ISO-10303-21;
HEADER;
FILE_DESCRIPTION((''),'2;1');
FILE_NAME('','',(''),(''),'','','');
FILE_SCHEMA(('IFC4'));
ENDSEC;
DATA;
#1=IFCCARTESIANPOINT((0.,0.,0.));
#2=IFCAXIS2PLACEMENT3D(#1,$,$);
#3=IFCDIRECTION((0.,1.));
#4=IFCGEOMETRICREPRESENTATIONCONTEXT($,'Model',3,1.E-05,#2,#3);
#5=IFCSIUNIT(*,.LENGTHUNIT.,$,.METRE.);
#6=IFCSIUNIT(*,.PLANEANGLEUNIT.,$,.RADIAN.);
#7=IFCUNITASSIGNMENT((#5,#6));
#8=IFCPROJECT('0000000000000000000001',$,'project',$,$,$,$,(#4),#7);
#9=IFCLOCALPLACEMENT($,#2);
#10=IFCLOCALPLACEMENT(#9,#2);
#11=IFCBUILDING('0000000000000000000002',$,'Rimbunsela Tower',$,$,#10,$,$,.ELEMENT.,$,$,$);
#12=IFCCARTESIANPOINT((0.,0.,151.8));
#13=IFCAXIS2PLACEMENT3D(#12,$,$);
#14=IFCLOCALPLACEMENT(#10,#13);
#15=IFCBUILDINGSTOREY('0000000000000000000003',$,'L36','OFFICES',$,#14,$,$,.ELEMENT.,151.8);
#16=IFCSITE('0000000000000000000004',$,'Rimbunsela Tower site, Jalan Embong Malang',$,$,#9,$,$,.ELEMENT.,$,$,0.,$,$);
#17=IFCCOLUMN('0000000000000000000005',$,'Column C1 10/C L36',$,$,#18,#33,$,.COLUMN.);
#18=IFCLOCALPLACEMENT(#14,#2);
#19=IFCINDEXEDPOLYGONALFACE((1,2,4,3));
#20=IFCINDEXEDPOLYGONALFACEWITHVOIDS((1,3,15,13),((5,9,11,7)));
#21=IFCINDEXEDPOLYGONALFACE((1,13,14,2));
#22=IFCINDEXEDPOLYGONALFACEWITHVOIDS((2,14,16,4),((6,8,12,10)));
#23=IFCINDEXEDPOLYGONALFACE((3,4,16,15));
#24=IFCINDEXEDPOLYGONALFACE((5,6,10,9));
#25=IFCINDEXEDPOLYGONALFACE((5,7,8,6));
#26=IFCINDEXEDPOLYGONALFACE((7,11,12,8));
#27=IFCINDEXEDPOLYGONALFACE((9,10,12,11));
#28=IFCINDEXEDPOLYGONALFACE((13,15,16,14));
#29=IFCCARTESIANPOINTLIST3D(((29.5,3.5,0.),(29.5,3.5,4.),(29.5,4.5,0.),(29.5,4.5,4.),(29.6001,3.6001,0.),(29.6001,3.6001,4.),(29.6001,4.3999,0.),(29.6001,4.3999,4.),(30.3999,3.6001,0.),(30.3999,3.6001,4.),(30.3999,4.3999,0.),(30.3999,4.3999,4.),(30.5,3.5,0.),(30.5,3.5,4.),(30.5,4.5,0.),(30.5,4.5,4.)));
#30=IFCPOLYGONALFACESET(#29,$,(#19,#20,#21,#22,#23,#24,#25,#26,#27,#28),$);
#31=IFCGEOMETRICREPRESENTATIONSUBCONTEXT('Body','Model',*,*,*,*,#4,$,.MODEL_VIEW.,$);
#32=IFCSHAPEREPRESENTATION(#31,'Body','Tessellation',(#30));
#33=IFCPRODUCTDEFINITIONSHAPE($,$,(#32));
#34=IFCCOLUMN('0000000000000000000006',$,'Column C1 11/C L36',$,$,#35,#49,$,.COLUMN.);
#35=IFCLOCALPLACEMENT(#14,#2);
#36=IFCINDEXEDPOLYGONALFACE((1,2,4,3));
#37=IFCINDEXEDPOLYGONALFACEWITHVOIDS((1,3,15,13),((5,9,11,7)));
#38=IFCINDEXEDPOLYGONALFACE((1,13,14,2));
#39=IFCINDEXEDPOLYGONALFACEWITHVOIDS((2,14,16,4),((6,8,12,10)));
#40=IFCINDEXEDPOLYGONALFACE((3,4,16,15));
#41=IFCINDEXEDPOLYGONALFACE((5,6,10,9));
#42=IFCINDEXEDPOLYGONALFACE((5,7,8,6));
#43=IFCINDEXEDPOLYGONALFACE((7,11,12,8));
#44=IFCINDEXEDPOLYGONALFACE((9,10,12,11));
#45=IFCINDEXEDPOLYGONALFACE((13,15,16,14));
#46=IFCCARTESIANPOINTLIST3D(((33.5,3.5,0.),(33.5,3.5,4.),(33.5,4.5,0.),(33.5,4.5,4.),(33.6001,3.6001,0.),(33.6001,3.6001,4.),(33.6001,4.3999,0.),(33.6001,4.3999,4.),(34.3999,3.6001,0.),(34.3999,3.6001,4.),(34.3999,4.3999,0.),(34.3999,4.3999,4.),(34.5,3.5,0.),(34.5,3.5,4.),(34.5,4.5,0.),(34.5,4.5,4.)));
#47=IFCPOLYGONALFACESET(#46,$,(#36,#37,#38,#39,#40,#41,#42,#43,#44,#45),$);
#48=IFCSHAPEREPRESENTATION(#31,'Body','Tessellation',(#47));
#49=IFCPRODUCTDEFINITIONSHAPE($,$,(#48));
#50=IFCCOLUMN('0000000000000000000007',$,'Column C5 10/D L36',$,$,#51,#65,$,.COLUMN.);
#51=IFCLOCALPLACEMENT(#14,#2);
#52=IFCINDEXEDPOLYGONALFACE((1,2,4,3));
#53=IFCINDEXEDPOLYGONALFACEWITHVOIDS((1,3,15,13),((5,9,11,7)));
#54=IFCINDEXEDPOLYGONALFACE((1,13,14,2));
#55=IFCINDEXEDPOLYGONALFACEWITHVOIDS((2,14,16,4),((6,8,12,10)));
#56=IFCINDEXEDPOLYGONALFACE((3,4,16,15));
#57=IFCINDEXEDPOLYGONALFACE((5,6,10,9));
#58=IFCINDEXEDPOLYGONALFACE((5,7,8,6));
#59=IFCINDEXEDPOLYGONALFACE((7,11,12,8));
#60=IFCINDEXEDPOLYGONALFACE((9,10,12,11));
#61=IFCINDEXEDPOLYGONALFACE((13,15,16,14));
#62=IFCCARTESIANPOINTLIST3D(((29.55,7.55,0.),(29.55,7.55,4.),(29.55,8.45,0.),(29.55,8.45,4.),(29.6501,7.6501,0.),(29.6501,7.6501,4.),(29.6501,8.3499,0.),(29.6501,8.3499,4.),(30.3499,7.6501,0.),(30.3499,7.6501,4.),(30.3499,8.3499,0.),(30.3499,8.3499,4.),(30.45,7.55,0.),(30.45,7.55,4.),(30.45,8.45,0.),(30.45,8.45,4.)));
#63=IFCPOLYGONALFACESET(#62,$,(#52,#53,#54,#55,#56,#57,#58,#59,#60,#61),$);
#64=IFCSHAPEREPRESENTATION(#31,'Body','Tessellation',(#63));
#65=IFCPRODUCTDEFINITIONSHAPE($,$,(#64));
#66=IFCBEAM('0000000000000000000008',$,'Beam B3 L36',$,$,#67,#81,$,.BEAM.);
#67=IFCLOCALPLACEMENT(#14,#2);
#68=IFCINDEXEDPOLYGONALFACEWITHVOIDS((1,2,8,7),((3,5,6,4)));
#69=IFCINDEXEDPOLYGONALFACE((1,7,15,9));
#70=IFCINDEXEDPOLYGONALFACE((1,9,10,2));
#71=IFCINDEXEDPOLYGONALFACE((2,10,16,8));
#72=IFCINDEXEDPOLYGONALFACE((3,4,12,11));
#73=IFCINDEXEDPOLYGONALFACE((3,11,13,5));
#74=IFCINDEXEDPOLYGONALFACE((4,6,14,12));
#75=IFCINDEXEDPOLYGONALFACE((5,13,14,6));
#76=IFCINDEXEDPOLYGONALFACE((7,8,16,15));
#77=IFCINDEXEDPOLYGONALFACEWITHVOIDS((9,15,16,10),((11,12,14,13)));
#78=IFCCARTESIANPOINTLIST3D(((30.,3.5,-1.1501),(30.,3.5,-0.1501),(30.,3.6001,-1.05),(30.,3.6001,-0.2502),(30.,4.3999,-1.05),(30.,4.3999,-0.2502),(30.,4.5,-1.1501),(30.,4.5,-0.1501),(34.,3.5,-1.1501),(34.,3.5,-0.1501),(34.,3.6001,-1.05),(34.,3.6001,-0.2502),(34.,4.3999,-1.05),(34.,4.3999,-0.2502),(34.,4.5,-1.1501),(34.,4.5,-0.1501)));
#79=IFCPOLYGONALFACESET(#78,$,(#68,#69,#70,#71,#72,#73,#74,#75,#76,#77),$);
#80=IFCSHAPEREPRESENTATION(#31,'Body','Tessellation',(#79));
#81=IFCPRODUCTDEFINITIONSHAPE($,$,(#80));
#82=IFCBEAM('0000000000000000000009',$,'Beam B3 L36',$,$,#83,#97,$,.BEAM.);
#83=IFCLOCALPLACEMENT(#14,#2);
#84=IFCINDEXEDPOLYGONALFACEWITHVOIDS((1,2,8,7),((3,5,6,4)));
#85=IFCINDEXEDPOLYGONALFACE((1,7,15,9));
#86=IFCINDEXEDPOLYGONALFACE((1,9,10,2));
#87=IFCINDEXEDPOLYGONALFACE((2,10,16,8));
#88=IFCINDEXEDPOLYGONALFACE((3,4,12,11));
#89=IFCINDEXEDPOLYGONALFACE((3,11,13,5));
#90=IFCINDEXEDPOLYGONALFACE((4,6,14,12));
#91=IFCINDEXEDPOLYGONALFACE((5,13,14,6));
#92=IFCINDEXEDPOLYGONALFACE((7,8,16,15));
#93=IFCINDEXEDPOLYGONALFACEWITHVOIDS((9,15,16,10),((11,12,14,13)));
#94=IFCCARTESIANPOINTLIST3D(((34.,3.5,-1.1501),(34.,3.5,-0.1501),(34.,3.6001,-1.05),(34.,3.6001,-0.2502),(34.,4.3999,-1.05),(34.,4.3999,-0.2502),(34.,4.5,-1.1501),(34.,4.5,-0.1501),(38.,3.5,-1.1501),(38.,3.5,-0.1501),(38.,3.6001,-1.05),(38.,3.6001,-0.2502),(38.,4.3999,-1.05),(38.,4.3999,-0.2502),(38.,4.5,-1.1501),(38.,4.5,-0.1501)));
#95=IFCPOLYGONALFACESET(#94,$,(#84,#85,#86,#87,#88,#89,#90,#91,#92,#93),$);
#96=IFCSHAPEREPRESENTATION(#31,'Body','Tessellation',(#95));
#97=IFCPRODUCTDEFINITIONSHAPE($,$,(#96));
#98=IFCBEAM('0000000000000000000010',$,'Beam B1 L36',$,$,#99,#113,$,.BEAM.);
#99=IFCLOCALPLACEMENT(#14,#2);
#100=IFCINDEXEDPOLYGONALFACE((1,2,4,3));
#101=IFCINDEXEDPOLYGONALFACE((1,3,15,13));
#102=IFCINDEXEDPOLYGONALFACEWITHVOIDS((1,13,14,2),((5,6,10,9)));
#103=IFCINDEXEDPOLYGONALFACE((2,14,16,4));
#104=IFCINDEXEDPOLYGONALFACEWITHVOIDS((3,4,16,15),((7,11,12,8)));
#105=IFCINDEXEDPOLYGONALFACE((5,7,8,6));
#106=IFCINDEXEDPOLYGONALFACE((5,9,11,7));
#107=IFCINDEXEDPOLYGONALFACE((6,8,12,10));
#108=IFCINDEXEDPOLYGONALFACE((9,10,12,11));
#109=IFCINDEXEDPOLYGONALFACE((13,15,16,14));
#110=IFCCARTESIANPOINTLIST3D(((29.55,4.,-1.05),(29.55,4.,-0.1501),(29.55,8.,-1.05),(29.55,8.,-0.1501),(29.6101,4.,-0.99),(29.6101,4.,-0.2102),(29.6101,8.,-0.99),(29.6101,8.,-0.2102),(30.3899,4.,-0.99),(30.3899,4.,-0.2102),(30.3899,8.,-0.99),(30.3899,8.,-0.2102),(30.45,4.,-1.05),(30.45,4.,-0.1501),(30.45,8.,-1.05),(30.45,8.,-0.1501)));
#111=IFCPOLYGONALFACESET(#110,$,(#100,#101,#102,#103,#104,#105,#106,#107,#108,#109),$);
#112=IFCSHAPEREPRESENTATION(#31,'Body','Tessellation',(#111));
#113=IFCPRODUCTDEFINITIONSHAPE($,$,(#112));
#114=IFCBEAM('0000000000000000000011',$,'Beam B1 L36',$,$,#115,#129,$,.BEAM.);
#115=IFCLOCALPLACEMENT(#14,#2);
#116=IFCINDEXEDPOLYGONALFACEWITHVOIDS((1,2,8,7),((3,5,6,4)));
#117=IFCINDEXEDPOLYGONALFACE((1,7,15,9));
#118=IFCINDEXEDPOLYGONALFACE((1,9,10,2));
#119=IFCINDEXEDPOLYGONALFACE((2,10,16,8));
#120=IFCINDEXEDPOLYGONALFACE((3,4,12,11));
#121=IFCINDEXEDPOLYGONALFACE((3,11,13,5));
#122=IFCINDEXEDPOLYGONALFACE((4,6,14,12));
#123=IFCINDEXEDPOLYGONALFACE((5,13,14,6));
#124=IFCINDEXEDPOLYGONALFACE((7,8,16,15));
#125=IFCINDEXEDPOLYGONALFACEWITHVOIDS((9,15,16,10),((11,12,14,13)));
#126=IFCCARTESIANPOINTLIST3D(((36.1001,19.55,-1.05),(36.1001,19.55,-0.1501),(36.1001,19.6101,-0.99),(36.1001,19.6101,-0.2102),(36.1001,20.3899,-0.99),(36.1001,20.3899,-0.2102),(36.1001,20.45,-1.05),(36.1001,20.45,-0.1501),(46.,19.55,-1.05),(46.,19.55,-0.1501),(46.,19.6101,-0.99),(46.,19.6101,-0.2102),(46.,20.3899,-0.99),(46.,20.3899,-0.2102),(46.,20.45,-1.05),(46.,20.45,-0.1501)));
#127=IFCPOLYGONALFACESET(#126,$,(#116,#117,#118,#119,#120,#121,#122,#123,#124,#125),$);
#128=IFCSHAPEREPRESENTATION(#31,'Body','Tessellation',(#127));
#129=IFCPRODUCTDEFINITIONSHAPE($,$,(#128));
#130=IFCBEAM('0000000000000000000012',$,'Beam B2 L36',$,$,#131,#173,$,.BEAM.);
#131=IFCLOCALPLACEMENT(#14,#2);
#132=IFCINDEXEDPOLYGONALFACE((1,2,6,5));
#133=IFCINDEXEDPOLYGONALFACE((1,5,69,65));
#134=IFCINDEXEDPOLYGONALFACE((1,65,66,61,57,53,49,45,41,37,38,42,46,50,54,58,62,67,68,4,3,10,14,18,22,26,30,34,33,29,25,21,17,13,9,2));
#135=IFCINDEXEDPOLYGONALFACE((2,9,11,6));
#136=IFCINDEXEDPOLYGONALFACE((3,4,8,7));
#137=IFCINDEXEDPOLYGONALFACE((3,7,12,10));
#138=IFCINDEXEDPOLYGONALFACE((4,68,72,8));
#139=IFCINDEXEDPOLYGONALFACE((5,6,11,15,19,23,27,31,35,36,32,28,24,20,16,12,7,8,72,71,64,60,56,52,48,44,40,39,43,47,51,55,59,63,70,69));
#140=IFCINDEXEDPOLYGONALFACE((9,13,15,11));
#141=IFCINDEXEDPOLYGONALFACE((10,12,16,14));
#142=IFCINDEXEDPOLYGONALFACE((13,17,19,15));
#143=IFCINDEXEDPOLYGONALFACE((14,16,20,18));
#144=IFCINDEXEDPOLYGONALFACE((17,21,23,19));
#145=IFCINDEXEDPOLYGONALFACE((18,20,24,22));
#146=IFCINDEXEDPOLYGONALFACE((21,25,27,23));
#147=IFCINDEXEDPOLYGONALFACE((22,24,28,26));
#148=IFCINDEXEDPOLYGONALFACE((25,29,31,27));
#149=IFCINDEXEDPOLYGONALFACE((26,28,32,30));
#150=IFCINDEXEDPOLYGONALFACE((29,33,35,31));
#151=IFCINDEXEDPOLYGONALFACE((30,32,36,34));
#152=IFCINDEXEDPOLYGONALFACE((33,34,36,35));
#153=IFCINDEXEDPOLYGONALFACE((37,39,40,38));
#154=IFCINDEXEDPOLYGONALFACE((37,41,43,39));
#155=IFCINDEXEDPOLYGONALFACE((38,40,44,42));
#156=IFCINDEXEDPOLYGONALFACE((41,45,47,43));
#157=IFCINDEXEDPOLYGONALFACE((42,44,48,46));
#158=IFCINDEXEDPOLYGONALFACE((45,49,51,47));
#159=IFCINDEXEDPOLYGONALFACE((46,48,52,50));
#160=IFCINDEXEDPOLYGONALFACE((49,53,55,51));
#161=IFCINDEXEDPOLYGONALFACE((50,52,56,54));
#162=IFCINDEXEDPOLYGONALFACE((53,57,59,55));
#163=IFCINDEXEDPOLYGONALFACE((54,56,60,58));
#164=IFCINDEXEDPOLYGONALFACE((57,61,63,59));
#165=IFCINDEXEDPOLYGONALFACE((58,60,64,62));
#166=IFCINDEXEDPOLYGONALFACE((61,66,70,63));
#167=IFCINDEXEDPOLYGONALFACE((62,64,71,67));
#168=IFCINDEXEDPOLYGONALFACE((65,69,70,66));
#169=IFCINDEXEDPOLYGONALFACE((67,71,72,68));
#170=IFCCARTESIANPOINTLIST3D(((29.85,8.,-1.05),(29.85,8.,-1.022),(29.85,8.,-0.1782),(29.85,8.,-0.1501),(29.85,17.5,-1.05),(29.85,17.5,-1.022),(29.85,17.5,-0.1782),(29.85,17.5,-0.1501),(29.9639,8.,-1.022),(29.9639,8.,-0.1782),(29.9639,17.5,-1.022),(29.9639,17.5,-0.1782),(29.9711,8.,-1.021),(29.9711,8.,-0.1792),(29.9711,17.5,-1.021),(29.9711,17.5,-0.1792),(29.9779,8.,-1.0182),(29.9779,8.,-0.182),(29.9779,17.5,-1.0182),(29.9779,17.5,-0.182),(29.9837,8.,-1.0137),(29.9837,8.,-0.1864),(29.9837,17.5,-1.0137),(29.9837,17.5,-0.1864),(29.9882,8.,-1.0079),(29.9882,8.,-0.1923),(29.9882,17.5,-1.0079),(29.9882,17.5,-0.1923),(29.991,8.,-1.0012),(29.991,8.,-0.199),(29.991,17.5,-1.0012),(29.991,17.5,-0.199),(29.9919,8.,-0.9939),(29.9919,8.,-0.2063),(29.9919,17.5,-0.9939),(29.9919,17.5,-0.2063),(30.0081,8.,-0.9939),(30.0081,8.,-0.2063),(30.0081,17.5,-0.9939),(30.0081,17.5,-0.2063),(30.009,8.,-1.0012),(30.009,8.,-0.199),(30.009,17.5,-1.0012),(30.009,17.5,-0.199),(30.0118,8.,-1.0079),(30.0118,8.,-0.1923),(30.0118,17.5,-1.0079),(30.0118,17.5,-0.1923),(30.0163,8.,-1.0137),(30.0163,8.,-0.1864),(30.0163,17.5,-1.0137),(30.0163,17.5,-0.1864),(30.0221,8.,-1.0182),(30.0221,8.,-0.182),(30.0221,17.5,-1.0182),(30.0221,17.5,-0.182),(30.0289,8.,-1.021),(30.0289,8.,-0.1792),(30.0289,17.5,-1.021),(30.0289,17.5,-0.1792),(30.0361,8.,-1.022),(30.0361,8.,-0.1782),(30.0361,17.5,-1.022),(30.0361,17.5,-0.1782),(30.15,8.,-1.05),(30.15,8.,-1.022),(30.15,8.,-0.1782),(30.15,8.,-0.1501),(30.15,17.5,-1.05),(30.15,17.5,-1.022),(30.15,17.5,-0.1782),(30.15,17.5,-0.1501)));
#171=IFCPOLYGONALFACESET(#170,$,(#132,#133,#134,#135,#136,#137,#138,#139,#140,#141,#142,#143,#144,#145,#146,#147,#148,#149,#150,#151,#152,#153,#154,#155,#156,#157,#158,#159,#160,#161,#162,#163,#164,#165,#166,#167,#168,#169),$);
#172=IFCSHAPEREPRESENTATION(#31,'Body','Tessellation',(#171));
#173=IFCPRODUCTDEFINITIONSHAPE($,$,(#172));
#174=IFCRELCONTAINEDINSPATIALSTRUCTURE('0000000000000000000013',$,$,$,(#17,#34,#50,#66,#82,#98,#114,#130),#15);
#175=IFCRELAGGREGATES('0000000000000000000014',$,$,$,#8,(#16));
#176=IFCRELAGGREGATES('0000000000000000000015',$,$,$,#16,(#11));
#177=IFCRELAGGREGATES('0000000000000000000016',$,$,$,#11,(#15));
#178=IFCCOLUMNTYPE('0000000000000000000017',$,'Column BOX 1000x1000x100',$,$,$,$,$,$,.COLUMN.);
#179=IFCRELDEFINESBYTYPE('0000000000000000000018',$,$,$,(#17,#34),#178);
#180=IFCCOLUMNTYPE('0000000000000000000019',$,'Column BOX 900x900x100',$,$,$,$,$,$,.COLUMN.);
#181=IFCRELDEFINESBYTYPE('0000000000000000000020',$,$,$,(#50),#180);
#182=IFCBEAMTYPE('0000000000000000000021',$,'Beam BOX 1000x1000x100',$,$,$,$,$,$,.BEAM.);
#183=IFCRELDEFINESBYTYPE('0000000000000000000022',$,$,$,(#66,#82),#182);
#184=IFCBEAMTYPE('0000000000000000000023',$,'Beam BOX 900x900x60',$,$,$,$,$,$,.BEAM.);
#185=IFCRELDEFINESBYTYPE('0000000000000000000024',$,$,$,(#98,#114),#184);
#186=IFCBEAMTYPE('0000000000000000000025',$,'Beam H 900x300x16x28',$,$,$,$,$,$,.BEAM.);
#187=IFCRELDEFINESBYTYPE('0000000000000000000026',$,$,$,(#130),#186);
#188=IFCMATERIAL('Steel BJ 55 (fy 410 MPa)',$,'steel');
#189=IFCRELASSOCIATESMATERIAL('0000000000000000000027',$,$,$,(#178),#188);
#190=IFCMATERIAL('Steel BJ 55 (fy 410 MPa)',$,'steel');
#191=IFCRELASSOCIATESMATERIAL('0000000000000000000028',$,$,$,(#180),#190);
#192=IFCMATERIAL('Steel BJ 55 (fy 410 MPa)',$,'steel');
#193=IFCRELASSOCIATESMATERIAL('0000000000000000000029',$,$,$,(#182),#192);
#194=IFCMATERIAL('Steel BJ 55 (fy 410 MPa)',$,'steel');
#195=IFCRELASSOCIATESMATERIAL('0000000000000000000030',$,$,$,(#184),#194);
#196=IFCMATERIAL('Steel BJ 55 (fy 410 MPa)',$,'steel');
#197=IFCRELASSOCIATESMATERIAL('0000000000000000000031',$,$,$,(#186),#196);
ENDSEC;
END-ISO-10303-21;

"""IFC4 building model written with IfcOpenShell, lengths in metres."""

from ifc_helpers import new_model, si_unit, direction, frame, origin, origin_2d, place, context, subcontext, project, spatial, hollow_rectangle, i_section, extrude, material, material_profile, profile_set, type_object, element, save


model = new_model("IFC4")

# Units and contexts
model_context = context("Model", 3, precision=1e-05, world=origin(), true_north=direction((0.0, 1.0)))
body_context = subcontext(model_context, "Body", "Model", "MODEL_VIEW")
ifc_project = project(units=[si_unit("LENGTHUNIT", "METRE"), si_unit("PLANEANGLEUNIT", "RADIAN")], contexts=[model_context])

# Site, building, storey
site_placement = place(None, origin())
site = spatial("IfcSite", under=ifc_project, at=site_placement, Name="Rimbunsela Tower site, Jalan Embong Malang", CompositionType="ELEMENT", RefElevation=0.0)
building_placement = place(site_placement, origin())
building = spatial("IfcBuilding", under=site, at=building_placement, Name="Rimbunsela Tower", CompositionType="ELEMENT")
storey_placement = place(building_placement, frame((0.0, 0.0, 151.8)))
storey = spatial("IfcBuildingStorey", under=building, at=storey_placement, Name="L36", Description="OFFICES", CompositionType="ELEMENT", Elevation=151.8)

# Columns
ifc_material_1 = material(Name="Steel BJ 55 (fy 410 MPa)", Category="steel")
ifc_material_profile_1 = material_profile(ifc_material_1, hollow_rectangle(XDim=1.0, YDim=1.0, WallThickness=0.1001, at=origin_2d()), Name="BOX 1000x1000x100")
ifc_profile_set_1 = profile_set([ifc_material_profile_1], Name="Steel BJ 55 (fy 410 MPa)")
column_type_1 = type_object("IfcColumnType", Name="Column BOX 1000x1000x100", PredefinedType="COLUMN", material=ifc_profile_set_1)
for number, where, z_axis, x_axis, name in (
    (1, (30.0, 4.0, 0.0), (0.0, 0.0, 1.0), (1.0, 0.0, 0.0), "Column C1 10/C L36"),
    (2, (34.0, 4.0, 0.0), (0.0, 0.0, 1.0), (1.0, 0.0, 0.0), "Column C1 11/C L36"),
):
    element("IfcColumn", number, at=place(storey_placement, frame(where, z_axis=z_axis, x_axis=x_axis)), inside=storey, type_object=column_type_1, Name=name, PredefinedType="COLUMN", context=body_context, shape_type="SweptSolid", body=[
        extrude(hollow_rectangle(XDim=1.0, YDim=1.0, WallThickness=0.1001, at=origin_2d()), origin(), (0.0, 0.0, 1.0), 4.0),
    ])
ifc_material_2 = material(Name="Steel BJ 55 (fy 410 MPa)", Category="steel")
ifc_material_profile_2 = material_profile(ifc_material_2, hollow_rectangle(XDim=0.8999, YDim=0.8999, WallThickness=0.1001, at=origin_2d()), Name="BOX 900x900x100")
ifc_profile_set_2 = profile_set([ifc_material_profile_2], Name="Steel BJ 55 (fy 410 MPa)")
column_type_2 = type_object("IfcColumnType", Name="Column BOX 900x900x100", PredefinedType="COLUMN", material=ifc_profile_set_2)
column_placement = place(storey_placement, frame((30.0, 8.0, 0.0), z_axis=(0.0, 0.0, 1.0), x_axis=(1.0, 0.0, 0.0)))
element("IfcColumn", 3, at=column_placement, inside=storey, type_object=column_type_2, Name="Column C5 10/D L36", PredefinedType="COLUMN", context=body_context, shape_type="SweptSolid", body=[
    extrude(hollow_rectangle(XDim=0.8999, YDim=0.8999, WallThickness=0.1001, at=origin_2d()), origin(), (0.0, 0.0, 1.0), 4.0),
])

# Beams
ifc_material_3 = material(Name="Steel BJ 55 (fy 410 MPa)", Category="steel")
ifc_material_profile_3 = material_profile(ifc_material_3, hollow_rectangle(XDim=1.0, YDim=1.0, WallThickness=0.1001, at=origin_2d()), Name="BOX 1000x1000x100")
ifc_profile_set_3 = profile_set([ifc_material_profile_3], Name="Steel BJ 55 (fy 410 MPa)")
beam_type_1 = type_object("IfcBeamType", Name="Beam BOX 1000x1000x100", PredefinedType="BEAM", material=ifc_profile_set_3)
for number, where, z_axis, x_axis, name in (
    (4, (30.0, 4.0, -0.6501), (1.0, 0.0, 0.0), (0.0, 1.0, 0.0), "Beam B3 L36"),
    (5, (34.0, 4.0, -0.6501), (1.0, 0.0, 0.0), (0.0, 1.0, 0.0), "Beam B3 L36"),
):
    element("IfcBeam", number, at=place(storey_placement, frame(where, z_axis=z_axis, x_axis=x_axis)), inside=storey, type_object=beam_type_1, Name=name, PredefinedType="BEAM", context=body_context, shape_type="SweptSolid", body=[
        extrude(hollow_rectangle(XDim=1.0, YDim=1.0, WallThickness=0.1001, at=origin_2d()), origin(), (0.0, 0.0, 1.0), 4.0),
    ])
ifc_material_4 = material(Name="Steel BJ 55 (fy 410 MPa)", Category="steel")
ifc_material_profile_4 = material_profile(ifc_material_4, hollow_rectangle(XDim=0.8999, YDim=0.8999, WallThickness=0.0601, at=origin_2d()), Name="BOX 900x900x60")
ifc_profile_set_4 = profile_set([ifc_material_profile_4], Name="Steel BJ 55 (fy 410 MPa)")
beam_type_2 = type_object("IfcBeamType", Name="Beam BOX 900x900x60", PredefinedType="BEAM", material=ifc_profile_set_4)
beam_1_placement = place(storey_placement, frame((30.0, 4.0, -0.6001), z_axis=(0.0, 1.0, 0.0), x_axis=(-1.0, 0.0, 0.0)))
element("IfcBeam", 6, at=beam_1_placement, inside=storey, type_object=beam_type_2, Name="Beam B1 L36", PredefinedType="BEAM", context=body_context, shape_type="SweptSolid", body=[
    extrude(hollow_rectangle(XDim=0.8999, YDim=0.8999, WallThickness=0.0601, at=origin_2d()), origin(), (0.0, 0.0, 1.0), 4.0),
])
beam_2_placement = place(storey_placement, frame((36.1001, 20.0, -0.6001), z_axis=(1.0, 0.0, 0.0), x_axis=(0.0, 1.0, 0.0)))
element("IfcBeam", 7, at=beam_2_placement, inside=storey, type_object=beam_type_2, Name="Beam B1 L36", PredefinedType="BEAM", context=body_context, shape_type="SweptSolid", body=[
    extrude(hollow_rectangle(XDim=0.8999, YDim=0.8999, WallThickness=0.0601, at=origin_2d()), origin(), (0.0, 0.0, 1.0), 9.8999),
])
ifc_material_5 = material(Name="Steel BJ 55 (fy 410 MPa)", Category="steel")
ifc_material_profile_5 = material_profile(ifc_material_5, i_section(OverallWidth=0.3, OverallDepth=0.8999, WebThickness=0.0161, FlangeThickness=0.0281, FilletRadius=0.0281, at=origin_2d()), Name="H 900x300x16x28")
ifc_profile_set_5 = profile_set([ifc_material_profile_5], Name="Steel BJ 55 (fy 410 MPa)")
beam_type_3 = type_object("IfcBeamType", Name="Beam H 900x300x16x28", PredefinedType="BEAM", material=ifc_profile_set_5)
beam_3_placement = place(storey_placement, frame((30.0, 8.0, -0.6001), z_axis=(0.0, 1.0, 0.0), x_axis=(-1.0, 0.0, 0.0)))
element("IfcBeam", 8, at=beam_3_placement, inside=storey, type_object=beam_type_3, Name="Beam B2 L36", PredefinedType="BEAM", context=body_context, shape_type="SweptSolid", body=[
    extrude(i_section(OverallWidth=0.3, OverallDepth=0.8999, WebThickness=0.0161, FlangeThickness=0.0281, FilletRadius=0.0281, at=origin_2d()), origin(), (0.0, 0.0, 1.0), 9.5),
])

save(model, "model.ifc")
